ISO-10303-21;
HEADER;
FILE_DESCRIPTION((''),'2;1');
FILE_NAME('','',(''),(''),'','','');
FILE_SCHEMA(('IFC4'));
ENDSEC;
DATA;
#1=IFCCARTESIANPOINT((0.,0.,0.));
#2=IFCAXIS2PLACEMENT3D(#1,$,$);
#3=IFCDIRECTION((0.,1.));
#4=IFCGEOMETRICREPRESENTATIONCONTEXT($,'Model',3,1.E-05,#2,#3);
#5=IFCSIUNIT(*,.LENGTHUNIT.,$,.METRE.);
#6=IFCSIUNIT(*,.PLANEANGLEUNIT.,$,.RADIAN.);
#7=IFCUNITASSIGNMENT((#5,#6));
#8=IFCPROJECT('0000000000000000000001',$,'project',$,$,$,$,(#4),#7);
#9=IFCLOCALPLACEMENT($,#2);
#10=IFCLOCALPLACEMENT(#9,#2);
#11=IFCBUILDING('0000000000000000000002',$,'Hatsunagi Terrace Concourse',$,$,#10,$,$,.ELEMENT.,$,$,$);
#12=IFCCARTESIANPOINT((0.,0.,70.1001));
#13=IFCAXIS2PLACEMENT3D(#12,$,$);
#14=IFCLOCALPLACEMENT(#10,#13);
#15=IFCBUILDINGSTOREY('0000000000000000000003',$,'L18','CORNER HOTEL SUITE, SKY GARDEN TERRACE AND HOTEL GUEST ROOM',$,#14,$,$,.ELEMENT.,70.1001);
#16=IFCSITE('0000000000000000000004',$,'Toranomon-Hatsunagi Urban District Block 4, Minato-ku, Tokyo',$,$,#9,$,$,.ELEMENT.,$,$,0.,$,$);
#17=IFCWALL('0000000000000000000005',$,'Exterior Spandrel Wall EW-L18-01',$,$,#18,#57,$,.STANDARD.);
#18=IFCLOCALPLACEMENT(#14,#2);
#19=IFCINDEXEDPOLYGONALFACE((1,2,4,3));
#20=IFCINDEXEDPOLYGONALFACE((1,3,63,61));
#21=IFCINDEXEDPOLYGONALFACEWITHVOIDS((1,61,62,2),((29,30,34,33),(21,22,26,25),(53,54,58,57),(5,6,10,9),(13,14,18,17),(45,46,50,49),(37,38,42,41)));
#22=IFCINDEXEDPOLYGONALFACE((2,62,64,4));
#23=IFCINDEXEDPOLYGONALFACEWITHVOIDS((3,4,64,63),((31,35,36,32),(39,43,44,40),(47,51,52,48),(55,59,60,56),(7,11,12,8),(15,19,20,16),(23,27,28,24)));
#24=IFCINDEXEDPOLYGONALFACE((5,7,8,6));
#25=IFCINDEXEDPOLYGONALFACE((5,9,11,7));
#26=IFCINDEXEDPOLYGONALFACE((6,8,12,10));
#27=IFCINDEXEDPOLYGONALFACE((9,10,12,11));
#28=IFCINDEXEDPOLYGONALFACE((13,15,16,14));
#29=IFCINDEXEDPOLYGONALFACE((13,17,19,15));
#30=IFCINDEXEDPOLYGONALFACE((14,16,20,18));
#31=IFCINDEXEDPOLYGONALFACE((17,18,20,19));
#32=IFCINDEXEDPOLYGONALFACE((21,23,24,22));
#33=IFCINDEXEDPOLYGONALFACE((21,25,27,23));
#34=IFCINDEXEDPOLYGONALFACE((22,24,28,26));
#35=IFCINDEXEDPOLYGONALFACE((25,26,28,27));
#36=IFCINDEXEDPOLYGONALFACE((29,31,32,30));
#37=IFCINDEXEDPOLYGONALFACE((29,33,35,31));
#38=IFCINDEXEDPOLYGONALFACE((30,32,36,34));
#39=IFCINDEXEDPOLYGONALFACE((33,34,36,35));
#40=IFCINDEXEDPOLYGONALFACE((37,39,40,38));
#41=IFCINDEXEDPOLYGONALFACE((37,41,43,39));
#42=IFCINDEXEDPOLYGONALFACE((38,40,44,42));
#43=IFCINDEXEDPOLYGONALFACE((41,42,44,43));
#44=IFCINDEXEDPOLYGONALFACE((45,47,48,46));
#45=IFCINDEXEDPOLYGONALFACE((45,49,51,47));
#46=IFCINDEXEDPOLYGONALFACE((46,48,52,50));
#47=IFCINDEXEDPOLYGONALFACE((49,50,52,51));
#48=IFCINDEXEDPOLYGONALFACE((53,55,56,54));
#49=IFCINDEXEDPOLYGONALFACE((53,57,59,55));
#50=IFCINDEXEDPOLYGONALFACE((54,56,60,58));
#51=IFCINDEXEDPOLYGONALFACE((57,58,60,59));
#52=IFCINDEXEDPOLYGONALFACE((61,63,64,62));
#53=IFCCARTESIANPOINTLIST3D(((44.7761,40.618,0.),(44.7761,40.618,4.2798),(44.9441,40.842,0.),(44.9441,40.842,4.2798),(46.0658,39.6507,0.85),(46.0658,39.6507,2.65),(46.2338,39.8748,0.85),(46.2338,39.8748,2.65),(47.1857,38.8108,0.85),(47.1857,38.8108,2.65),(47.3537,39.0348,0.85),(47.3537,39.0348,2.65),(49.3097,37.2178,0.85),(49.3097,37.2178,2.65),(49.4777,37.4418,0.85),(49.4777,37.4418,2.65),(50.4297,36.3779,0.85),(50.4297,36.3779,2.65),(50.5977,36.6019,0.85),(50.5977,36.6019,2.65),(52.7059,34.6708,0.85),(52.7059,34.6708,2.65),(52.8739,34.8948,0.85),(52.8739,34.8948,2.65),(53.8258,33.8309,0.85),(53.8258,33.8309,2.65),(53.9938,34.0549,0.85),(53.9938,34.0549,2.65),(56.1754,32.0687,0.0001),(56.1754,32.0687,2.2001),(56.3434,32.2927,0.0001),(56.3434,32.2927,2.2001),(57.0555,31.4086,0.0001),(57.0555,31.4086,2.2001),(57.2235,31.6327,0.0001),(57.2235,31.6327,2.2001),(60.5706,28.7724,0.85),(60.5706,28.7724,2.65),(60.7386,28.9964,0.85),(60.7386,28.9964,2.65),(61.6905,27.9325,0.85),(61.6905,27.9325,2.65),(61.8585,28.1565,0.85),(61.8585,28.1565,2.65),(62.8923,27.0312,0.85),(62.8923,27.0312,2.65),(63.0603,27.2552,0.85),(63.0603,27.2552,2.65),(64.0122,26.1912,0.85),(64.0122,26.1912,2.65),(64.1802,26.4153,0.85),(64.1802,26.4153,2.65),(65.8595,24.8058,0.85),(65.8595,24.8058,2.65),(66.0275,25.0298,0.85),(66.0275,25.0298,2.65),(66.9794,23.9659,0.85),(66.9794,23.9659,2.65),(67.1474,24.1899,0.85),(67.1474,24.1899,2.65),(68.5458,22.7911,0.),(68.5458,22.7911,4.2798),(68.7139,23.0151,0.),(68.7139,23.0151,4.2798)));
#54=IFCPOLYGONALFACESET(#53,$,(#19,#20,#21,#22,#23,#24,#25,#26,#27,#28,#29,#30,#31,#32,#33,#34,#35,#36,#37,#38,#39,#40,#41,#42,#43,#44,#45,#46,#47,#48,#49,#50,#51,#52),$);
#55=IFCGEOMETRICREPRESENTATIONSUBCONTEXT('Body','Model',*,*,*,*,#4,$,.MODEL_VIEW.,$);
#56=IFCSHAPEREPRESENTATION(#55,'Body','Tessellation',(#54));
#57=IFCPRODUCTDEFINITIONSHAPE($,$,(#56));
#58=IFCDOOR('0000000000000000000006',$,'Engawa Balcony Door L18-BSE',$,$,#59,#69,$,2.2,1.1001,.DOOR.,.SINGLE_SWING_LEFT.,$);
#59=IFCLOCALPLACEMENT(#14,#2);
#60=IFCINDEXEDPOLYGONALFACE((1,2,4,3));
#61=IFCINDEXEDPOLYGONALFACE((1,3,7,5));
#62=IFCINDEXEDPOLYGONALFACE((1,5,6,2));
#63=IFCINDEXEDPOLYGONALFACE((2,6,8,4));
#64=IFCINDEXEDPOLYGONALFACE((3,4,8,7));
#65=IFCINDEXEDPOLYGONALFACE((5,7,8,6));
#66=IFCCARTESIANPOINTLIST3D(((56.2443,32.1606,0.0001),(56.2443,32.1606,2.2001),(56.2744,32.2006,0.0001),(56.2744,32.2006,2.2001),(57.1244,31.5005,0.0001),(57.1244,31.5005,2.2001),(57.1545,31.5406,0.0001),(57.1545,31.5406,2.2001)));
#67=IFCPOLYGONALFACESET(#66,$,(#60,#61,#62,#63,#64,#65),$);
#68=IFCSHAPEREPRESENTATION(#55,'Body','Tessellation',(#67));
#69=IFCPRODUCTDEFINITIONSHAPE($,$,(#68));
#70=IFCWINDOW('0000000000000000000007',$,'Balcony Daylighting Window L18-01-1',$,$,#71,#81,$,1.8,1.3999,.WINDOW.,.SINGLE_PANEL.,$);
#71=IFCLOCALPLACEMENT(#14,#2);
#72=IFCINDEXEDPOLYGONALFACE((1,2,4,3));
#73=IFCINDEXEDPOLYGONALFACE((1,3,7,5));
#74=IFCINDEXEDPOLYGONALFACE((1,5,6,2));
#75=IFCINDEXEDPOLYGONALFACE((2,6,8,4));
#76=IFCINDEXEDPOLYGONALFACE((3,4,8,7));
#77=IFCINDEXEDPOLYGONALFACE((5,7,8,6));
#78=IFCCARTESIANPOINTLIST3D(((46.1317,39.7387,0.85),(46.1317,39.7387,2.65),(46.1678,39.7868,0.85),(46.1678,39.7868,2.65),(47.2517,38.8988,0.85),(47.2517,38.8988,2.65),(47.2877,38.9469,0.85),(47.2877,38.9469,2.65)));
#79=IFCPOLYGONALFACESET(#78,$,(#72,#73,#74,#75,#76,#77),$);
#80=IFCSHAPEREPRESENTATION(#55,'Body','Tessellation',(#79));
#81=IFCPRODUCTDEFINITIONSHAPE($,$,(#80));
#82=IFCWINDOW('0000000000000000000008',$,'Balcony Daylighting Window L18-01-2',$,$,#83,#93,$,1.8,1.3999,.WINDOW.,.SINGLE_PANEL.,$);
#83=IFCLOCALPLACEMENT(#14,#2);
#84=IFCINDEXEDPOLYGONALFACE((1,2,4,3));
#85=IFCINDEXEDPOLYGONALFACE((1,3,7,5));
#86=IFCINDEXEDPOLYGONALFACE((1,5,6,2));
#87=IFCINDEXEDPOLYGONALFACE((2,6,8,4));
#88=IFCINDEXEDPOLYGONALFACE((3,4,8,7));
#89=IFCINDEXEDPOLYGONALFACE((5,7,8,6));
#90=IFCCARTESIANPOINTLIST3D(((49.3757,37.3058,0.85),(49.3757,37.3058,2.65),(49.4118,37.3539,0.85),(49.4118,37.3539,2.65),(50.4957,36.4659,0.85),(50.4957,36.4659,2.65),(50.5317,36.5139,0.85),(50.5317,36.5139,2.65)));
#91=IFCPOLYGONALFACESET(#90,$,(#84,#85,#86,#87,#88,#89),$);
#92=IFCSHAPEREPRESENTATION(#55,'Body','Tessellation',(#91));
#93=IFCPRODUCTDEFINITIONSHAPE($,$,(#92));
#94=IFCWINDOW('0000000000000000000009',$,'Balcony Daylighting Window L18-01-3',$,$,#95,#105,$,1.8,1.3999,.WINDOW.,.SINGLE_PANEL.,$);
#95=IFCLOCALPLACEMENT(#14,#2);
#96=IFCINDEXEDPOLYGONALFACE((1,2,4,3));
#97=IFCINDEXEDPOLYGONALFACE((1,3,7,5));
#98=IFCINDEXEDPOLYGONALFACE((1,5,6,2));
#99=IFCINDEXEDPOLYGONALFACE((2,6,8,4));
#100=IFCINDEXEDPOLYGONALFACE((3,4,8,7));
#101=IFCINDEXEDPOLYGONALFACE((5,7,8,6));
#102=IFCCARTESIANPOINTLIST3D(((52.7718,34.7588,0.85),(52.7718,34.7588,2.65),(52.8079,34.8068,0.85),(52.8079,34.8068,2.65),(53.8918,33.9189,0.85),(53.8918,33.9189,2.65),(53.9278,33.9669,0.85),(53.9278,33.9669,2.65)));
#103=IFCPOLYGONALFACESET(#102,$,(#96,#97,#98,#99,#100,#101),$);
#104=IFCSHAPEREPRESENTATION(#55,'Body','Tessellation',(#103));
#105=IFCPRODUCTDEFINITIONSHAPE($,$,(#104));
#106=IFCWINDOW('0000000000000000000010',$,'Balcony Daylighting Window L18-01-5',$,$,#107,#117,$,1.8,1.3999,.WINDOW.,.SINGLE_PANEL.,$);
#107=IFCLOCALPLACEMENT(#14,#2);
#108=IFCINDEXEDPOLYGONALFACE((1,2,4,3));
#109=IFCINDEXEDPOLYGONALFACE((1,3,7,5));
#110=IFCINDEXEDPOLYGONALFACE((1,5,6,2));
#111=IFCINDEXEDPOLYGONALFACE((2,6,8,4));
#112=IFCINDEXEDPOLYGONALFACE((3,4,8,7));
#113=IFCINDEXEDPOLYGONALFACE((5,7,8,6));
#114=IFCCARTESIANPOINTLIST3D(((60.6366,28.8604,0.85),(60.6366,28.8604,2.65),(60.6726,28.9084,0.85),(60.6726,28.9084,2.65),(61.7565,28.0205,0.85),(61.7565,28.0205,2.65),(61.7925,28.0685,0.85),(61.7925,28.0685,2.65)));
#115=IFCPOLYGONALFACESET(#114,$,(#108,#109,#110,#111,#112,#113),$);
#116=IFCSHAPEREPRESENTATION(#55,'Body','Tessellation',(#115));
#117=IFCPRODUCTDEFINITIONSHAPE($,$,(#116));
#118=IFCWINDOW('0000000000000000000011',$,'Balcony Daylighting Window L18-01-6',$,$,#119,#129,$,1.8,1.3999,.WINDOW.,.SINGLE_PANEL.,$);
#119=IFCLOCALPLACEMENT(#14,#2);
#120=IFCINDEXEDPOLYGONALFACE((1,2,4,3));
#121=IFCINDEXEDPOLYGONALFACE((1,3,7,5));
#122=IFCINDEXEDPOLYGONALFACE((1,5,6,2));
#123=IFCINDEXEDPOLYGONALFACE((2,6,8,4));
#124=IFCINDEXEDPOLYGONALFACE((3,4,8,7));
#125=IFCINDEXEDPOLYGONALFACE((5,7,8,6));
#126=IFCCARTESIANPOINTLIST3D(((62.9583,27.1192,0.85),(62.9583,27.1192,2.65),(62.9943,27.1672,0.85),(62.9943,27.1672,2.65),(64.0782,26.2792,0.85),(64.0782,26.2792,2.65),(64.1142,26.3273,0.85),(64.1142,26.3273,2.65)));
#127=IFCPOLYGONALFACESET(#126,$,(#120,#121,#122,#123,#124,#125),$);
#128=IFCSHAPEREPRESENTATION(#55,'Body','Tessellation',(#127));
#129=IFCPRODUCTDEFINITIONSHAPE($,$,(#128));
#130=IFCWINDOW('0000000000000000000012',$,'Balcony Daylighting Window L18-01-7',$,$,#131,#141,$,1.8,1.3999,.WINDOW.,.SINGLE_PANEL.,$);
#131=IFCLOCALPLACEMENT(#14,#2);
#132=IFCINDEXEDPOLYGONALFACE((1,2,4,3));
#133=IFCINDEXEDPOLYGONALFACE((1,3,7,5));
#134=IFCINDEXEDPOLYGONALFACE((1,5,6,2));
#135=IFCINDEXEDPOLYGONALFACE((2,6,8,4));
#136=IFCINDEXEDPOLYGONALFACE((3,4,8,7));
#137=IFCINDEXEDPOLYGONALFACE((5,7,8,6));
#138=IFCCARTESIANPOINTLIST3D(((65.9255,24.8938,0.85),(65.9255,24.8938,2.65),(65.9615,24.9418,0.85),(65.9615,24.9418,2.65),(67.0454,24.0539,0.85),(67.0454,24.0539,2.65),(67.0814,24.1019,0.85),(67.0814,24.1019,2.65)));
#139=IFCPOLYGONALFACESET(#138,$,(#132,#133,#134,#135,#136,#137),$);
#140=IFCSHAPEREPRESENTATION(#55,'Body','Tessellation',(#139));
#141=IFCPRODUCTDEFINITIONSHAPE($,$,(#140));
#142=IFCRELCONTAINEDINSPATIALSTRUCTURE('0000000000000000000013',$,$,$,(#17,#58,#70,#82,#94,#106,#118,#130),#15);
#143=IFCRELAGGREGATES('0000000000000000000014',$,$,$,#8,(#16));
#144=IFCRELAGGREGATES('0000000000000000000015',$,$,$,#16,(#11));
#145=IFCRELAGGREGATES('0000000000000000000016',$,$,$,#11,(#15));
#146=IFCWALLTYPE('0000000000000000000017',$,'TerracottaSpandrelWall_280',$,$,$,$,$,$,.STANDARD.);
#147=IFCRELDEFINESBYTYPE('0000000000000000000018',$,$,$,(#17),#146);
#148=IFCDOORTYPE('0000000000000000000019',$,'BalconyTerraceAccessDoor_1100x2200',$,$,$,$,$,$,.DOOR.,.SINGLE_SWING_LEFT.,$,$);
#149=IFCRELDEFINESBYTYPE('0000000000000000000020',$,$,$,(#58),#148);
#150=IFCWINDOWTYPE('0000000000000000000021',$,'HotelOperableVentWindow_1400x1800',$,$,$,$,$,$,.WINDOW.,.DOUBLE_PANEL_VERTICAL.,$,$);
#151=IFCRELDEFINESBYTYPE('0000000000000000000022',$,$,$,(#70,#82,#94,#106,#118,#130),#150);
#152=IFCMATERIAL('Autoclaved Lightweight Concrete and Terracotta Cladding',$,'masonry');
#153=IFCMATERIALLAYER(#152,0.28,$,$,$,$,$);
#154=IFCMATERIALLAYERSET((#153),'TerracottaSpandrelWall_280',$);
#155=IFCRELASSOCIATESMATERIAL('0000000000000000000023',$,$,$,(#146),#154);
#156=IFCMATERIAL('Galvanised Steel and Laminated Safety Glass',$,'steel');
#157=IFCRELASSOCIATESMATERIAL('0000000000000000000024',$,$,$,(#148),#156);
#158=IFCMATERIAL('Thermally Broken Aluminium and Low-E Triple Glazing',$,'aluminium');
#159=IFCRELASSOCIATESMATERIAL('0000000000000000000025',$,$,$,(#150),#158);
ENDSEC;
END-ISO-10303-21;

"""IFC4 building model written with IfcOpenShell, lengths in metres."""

from ifc_helpers import new_model, si_unit, direction, frame, frame_2d, origin, place, context, subcontext, project, spatial, rectangle, extrude, material, layer, layer_set, type_object, element, fill, save


model = new_model("IFC4")

# Units and contexts
model_context = context("Model", 3, precision=1e-05, world=origin(), true_north=direction((0.0, 1.0)))
body_context = subcontext(model_context, "Body", "Model", "MODEL_VIEW")
ifc_project = project(units=[si_unit("LENGTHUNIT", "METRE"), si_unit("PLANEANGLEUNIT", "RADIAN")], contexts=[model_context])

# Site, building, storey
site_placement = place(None, origin())
site = spatial("IfcSite", under=ifc_project, at=site_placement, Name="Toranomon-Hatsunagi Urban District Block 4, Minato-ku, Tokyo", CompositionType="ELEMENT", RefElevation=0.0)
building_placement = place(site_placement, origin())
building = spatial("IfcBuilding", under=site, at=building_placement, Name="Hatsunagi Terrace Concourse", CompositionType="ELEMENT")
storey_placement = place(building_placement, frame((0.0, 0.0, 70.1001)))
storey = spatial("IfcBuildingStorey", under=building, at=storey_placement, Name="L18", Description="CORNER HOTEL SUITE, SKY GARDEN TERRACE AND HOTEL GUEST ROOM", CompositionType="ELEMENT", Elevation=70.1001)

# Wall, openings, door, windows
ifc_material_1 = material(Name="Autoclaved Lightweight Concrete and Terracotta Cladding", Category="masonry")
ifc_layer_1 = layer(ifc_material_1, 0.28)
ifc_layer_set_1 = layer_set([ifc_layer_1], Name="TerracottaSpandrelWall_280")
wall_type_1 = type_object("IfcWallType", Name="TerracottaSpandrelWall_280", PredefinedType="STANDARD", material=ifc_layer_set_1)
wall_1_placement = place(storey_placement, frame((44.8601, 40.73, 0.0), z_axis=(0.0, 0.0, 1.0), x_axis=(0.800007, -0.599991, 0.0)))
wall_1 = element("IfcWall", 1, at=wall_1_placement, inside=storey, type_object=wall_type_1, Name="Exterior Spandrel Wall EW-L18-01", PredefinedType="STANDARD", context=body_context, shape_type="SweptSolid", body=[
    extrude(rectangle(XDim=29.7119, YDim=0.28, at=frame_2d((14.856, 0.0))), origin(), (0.0, 0.0, 1.0), 4.2798),
])
opening_1_placement = place(wall_1_placement, frame((14.249, 0.0, 0.0)))
opening_1 = element("IfcOpeningElement", 2, at=opening_1_placement, cuts=wall_1, PredefinedType="OPENING", context=body_context, shape_type="SweptSolid", body=[
    extrude(rectangle(XDim=1.1001, YDim=2.2, at=frame_2d((0.55, 1.1001))), frame((0.0, 0.1499, 0.0), z_axis=(0.0, -1.0, 0.0), x_axis=(1.0, 0.0, 0.0)), (0.0, 0.0, 1.0), 0.3),
])
opening_2_placement = place(wall_1_placement, frame((1.6121, 0.0, 0.8501)))
opening_2 = element("IfcOpeningElement", 3, at=opening_2_placement, cuts=wall_1, PredefinedType="OPENING", context=body_context, shape_type="SweptSolid", body=[
    extrude(rectangle(XDim=1.3999, YDim=1.8, at=frame_2d((0.7, 0.8999))), frame((0.0, 0.1499, 0.0), z_axis=(0.0, -1.0, 0.0), x_axis=(1.0, 0.0, 0.0)), (0.0, 0.0, 1.0), 0.3),
])
opening_3_placement = place(wall_1_placement, frame((5.667, 0.0, 0.8501)))
opening_3 = element("IfcOpeningElement", 4, at=opening_3_placement, cuts=wall_1, PredefinedType="OPENING", context=body_context, shape_type="SweptSolid", body=[
    extrude(rectangle(XDim=1.3999, YDim=1.8, at=frame_2d((0.7, 0.8999))), frame((0.0, 0.1499, 0.0), z_axis=(0.0, -1.0, 0.0), x_axis=(1.0, 0.0, 0.0)), (0.0, 0.0, 1.0), 0.3),
])
opening_4_placement = place(wall_1_placement, frame((9.9121, 0.0, 0.8501)))
opening_4 = element("IfcOpeningElement", 5, at=opening_4_placement, cuts=wall_1, PredefinedType="OPENING", context=body_context, shape_type="SweptSolid", body=[
    extrude(rectangle(XDim=1.3999, YDim=1.8, at=frame_2d((0.7, 0.8999))), frame((0.0, 0.1499, 0.0), z_axis=(0.0, -1.0, 0.0), x_axis=(1.0, 0.0, 0.0)), (0.0, 0.0, 1.0), 0.3),
])
opening_5_placement = place(wall_1_placement, frame((19.7429, 0.0, 0.8501)))
opening_5 = element("IfcOpeningElement", 6, at=opening_5_placement, cuts=wall_1, PredefinedType="OPENING", context=body_context, shape_type="SweptSolid", body=[
    extrude(rectangle(XDim=1.3999, YDim=1.8, at=frame_2d((0.7, 0.8999))), frame((0.0, 0.1499, 0.0), z_axis=(0.0, -1.0, 0.0), x_axis=(1.0, 0.0, 0.0)), (0.0, 0.0, 1.0), 0.3),
])
opening_6_placement = place(wall_1_placement, frame((22.645, 0.0, 0.8501)))
opening_6 = element("IfcOpeningElement", 7, at=opening_6_placement, cuts=wall_1, PredefinedType="OPENING", context=body_context, shape_type="SweptSolid", body=[
    extrude(rectangle(XDim=1.3999, YDim=1.8, at=frame_2d((0.7, 0.8999))), frame((0.0, 0.1499, 0.0), z_axis=(0.0, -1.0, 0.0), x_axis=(1.0, 0.0, 0.0)), (0.0, 0.0, 1.0), 0.3),
])
opening_7_placement = place(wall_1_placement, frame((26.354, 0.0, 0.8501)))
opening_7 = element("IfcOpeningElement", 8, at=opening_7_placement, cuts=wall_1, PredefinedType="OPENING", context=body_context, shape_type="SweptSolid", body=[
    extrude(rectangle(XDim=1.3999, YDim=1.8, at=frame_2d((0.7, 0.8999))), frame((0.0, 0.1499, 0.0), z_axis=(0.0, -1.0, 0.0), x_axis=(1.0, 0.0, 0.0)), (0.0, 0.0, 1.0), 0.3),
])
ifc_material_2 = material(Name="Galvanised Steel and Laminated Safety Glass", Category="steel")
door_type_1 = type_object("IfcDoorType", Name="BalconyTerraceAccessDoor_1100x2200", OperationType="SINGLE_SWING_LEFT", PredefinedType="DOOR", material=ifc_material_2)
door_1_placement = place(opening_1_placement, origin())
door_1 = element("IfcDoor", 9, at=door_1_placement, inside=storey, type_object=door_type_1, Name="Engawa Balcony Door L18-BSE", OperationType="SINGLE_SWING_LEFT", OverallHeight=2.2, OverallWidth=1.1001, PredefinedType="DOOR", context=body_context, shape_type="SweptSolid", body=[
    extrude(rectangle(XDim=1.1001, YDim=2.2, at=frame_2d((0.55, 1.1001))), frame((0.0, 0.0249, 0.0), z_axis=(0.0, -1.0, 0.0), x_axis=(1.0, 0.0, 0.0)), (0.0, 0.0, 1.0), 0.05),
])
fill(opening_1, door_1)
ifc_material_3 = material(Name="Thermally Broken Aluminium and Low-E Triple Glazing", Category="aluminium")
window_type = type_object("IfcWindowType", Name="HotelOperableVentWindow_1400x1800", PartitioningType="DOUBLE_PANEL_VERTICAL", PredefinedType="WINDOW", material=ifc_material_3)
window_1_placement = place(opening_2_placement, origin())
window_1 = element("IfcWindow", 10, at=window_1_placement, inside=storey, type_object=window_type, Name="Balcony Daylighting Window L18-01-1", OverallHeight=1.8, OverallWidth=1.3999, PartitioningType="SINGLE_PANEL", PredefinedType="WINDOW", context=body_context, shape_type="SweptSolid", body=[
    extrude(rectangle(XDim=1.3999, YDim=1.8, at=frame_2d((0.7, 0.8999))), frame((0.0, 0.03, 0.0), z_axis=(0.0, -1.0, 0.0), x_axis=(1.0, 0.0, 0.0)), (0.0, 0.0, 1.0), 0.0601),
])
fill(opening_2, window_1)
window_2_placement = place(opening_3_placement, origin())
window_2 = element("IfcWindow", 11, at=window_2_placement, inside=storey, type_object=window_type, Name="Balcony Daylighting Window L18-01-2", OverallHeight=1.8, OverallWidth=1.3999, PartitioningType="SINGLE_PANEL", PredefinedType="WINDOW", context=body_context, shape_type="SweptSolid", body=[
    extrude(rectangle(XDim=1.3999, YDim=1.8, at=frame_2d((0.7, 0.8999))), frame((0.0, 0.03, 0.0), z_axis=(0.0, -1.0, 0.0), x_axis=(1.0, 0.0, 0.0)), (0.0, 0.0, 1.0), 0.0601),
])
fill(opening_3, window_2)
window_3_placement = place(opening_4_placement, origin())
window_3 = element("IfcWindow", 12, at=window_3_placement, inside=storey, type_object=window_type, Name="Balcony Daylighting Window L18-01-3", OverallHeight=1.8, OverallWidth=1.3999, PartitioningType="SINGLE_PANEL", PredefinedType="WINDOW", context=body_context, shape_type="SweptSolid", body=[
    extrude(rectangle(XDim=1.3999, YDim=1.8, at=frame_2d((0.7, 0.8999))), frame((0.0, 0.03, 0.0), z_axis=(0.0, -1.0, 0.0), x_axis=(1.0, 0.0, 0.0)), (0.0, 0.0, 1.0), 0.0601),
])
fill(opening_4, window_3)
window_4_placement = place(opening_5_placement, origin())
window_4 = element("IfcWindow", 13, at=window_4_placement, inside=storey, type_object=window_type, Name="Balcony Daylighting Window L18-01-5", OverallHeight=1.8, OverallWidth=1.3999, PartitioningType="SINGLE_PANEL", PredefinedType="WINDOW", context=body_context, shape_type="SweptSolid", body=[
    extrude(rectangle(XDim=1.3999, YDim=1.8, at=frame_2d((0.7, 0.8999))), frame((0.0, 0.03, 0.0), z_axis=(0.0, -1.0, 0.0), x_axis=(1.0, 0.0, 0.0)), (0.0, 0.0, 1.0), 0.0601),
])
fill(opening_5, window_4)
window_5_placement = place(opening_6_placement, origin())
window_5 = element("IfcWindow", 14, at=window_5_placement, inside=storey, type_object=window_type, Name="Balcony Daylighting Window L18-01-6", OverallHeight=1.8, OverallWidth=1.3999, PartitioningType="SINGLE_PANEL", PredefinedType="WINDOW", context=body_context, shape_type="SweptSolid", body=[
    extrude(rectangle(XDim=1.3999, YDim=1.8, at=frame_2d((0.7, 0.8999))), frame((0.0, 0.03, 0.0), z_axis=(0.0, -1.0, 0.0), x_axis=(1.0, 0.0, 0.0)), (0.0, 0.0, 1.0), 0.0601),
])
fill(opening_6, window_5)
window_6_placement = place(opening_7_placement, origin())
window_6 = element("IfcWindow", 15, at=window_6_placement, inside=storey, type_object=window_type, Name="Balcony Daylighting Window L18-01-7", OverallHeight=1.8, OverallWidth=1.3999, PartitioningType="SINGLE_PANEL", PredefinedType="WINDOW", context=body_context, shape_type="SweptSolid", body=[
    extrude(rectangle(XDim=1.3999, YDim=1.8, at=frame_2d((0.7, 0.8999))), frame((0.0, 0.03, 0.0), z_axis=(0.0, -1.0, 0.0), x_axis=(1.0, 0.0, 0.0)), (0.0, 0.0, 1.0), 0.0601),
])
fill(opening_7, window_6)

save(model, "model.ifc")
